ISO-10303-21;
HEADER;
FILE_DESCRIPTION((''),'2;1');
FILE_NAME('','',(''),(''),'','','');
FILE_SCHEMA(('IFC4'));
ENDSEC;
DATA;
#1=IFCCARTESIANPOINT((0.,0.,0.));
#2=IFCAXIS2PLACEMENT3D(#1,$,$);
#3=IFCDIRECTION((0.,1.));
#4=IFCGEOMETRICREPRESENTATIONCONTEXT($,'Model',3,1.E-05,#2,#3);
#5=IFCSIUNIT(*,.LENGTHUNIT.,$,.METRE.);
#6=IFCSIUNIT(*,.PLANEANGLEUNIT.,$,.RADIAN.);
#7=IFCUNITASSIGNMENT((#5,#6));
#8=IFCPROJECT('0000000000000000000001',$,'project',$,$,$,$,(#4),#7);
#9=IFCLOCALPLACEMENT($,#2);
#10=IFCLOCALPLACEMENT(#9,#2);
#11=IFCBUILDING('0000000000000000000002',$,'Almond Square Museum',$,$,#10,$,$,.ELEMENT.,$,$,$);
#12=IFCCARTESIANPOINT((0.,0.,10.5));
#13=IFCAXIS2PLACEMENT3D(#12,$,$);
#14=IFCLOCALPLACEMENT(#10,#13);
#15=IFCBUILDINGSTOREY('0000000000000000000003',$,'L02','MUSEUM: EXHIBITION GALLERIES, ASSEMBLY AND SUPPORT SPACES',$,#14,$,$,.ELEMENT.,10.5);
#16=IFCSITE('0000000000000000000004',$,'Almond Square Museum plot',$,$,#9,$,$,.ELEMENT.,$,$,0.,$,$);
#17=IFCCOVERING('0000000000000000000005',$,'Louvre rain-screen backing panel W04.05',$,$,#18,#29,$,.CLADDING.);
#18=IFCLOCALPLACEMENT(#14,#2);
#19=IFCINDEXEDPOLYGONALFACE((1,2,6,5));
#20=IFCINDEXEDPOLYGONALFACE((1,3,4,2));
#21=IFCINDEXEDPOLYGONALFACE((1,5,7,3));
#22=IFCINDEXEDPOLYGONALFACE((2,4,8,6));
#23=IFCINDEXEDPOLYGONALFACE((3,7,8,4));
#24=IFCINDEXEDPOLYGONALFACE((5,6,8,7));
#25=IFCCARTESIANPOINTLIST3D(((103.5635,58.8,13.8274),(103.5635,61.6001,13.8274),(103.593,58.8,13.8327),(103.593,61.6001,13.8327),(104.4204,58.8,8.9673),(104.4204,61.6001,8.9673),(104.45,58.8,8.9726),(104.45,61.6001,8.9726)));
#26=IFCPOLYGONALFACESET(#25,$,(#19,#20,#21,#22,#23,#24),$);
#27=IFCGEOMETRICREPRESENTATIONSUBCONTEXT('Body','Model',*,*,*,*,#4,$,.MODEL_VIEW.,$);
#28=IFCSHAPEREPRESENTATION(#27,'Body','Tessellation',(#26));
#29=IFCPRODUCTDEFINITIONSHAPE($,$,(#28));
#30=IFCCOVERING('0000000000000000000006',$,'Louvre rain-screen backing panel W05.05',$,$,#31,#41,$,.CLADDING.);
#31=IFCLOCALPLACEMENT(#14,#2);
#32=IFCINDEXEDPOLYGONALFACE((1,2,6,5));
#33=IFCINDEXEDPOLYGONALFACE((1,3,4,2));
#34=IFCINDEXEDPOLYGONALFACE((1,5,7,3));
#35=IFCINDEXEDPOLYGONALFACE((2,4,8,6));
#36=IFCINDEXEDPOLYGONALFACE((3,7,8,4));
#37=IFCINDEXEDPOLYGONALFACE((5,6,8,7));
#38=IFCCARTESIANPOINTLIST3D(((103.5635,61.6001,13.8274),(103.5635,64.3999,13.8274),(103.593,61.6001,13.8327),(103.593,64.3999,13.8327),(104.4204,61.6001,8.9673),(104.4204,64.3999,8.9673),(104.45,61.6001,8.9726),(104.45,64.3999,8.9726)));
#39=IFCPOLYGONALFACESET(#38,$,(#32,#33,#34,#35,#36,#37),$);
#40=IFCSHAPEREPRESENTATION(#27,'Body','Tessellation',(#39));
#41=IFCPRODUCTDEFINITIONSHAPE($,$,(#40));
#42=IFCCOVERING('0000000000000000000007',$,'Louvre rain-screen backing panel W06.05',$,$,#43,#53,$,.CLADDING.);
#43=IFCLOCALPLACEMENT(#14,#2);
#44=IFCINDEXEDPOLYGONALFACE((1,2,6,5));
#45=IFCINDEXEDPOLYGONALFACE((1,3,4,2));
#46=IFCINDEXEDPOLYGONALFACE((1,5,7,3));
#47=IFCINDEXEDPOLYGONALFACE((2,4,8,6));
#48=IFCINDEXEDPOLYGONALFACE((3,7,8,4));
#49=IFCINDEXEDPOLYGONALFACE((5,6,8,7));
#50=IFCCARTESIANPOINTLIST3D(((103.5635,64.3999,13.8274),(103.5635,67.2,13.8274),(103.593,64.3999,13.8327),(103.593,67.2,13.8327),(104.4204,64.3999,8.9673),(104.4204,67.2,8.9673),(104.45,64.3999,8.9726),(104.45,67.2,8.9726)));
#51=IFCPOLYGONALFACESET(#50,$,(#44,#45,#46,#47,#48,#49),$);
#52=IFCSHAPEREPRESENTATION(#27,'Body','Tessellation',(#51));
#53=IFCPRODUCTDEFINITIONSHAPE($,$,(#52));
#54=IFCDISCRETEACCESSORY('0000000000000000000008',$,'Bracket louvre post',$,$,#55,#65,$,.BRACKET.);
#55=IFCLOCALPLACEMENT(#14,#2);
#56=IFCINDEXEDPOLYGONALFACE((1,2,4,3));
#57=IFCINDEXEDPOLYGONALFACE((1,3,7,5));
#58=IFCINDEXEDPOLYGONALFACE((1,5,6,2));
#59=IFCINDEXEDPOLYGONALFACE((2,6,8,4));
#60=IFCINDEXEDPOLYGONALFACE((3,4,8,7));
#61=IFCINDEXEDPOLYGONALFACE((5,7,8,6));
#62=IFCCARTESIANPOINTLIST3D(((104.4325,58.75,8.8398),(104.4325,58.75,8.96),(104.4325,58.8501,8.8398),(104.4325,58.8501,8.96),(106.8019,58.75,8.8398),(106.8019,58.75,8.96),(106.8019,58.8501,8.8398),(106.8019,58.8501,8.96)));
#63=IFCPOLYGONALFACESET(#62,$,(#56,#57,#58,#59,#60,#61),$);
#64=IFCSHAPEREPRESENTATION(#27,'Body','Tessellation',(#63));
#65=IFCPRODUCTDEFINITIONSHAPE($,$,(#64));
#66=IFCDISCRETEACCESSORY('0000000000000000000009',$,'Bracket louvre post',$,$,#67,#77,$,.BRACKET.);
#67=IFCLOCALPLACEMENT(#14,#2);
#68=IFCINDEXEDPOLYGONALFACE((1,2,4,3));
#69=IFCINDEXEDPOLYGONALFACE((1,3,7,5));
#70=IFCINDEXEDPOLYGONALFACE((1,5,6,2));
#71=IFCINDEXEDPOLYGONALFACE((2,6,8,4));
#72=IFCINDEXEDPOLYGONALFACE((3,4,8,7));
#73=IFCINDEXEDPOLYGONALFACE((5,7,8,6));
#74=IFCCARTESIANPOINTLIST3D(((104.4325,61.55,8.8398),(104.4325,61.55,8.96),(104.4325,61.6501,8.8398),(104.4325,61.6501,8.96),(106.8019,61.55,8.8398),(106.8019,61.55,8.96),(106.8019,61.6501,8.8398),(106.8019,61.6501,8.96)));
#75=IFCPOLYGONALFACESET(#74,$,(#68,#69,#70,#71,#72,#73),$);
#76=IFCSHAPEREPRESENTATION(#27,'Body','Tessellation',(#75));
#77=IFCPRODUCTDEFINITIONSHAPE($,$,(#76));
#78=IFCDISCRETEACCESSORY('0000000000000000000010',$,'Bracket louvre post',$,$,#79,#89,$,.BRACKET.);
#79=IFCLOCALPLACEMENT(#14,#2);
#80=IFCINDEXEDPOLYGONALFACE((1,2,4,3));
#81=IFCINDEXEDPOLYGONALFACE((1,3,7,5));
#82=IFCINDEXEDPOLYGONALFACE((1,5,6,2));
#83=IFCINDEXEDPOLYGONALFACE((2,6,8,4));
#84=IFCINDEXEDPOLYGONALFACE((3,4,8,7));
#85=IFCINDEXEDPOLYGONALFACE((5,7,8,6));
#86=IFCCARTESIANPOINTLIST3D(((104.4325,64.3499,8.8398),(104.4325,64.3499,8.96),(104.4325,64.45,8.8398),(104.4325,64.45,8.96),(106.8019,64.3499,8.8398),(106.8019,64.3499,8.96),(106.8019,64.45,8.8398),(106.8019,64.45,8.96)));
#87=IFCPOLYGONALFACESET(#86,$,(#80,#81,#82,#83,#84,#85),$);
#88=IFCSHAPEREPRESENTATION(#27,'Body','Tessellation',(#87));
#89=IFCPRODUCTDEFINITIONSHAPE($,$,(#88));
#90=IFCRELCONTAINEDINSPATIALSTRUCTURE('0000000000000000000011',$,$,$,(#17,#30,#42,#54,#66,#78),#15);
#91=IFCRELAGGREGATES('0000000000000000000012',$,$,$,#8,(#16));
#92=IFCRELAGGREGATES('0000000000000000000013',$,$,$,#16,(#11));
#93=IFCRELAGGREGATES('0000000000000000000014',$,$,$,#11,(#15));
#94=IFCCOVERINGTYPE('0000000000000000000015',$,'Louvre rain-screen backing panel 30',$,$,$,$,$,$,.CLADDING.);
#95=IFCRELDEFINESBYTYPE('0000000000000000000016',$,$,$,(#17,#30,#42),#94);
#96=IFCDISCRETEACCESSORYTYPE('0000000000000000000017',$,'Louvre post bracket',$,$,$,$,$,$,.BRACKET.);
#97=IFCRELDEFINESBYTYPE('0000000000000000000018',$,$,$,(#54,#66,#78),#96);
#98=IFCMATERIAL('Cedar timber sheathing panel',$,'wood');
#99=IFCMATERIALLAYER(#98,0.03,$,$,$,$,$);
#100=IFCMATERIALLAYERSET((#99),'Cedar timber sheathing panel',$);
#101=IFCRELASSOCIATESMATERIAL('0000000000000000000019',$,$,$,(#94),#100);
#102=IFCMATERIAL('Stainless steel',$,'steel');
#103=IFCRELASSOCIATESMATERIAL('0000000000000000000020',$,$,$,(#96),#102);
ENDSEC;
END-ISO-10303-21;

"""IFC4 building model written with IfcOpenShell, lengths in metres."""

from ifc_helpers import new_model, si_unit, direction, frame, origin, origin_2d, place, context, subcontext, project, spatial, polyline, rectangle, outline, extrude, material, layer, layer_set, type_object, element, save


model = new_model("IFC4")

# Units and contexts
model_context = context("Model", 3, precision=1e-05, world=origin(), true_north=direction((0.0, 1.0)))
body_context = subcontext(model_context, "Body", "Model", "MODEL_VIEW")
ifc_project = project(units=[si_unit("LENGTHUNIT", "METRE"), si_unit("PLANEANGLEUNIT", "RADIAN")], contexts=[model_context])

# Site, building, storey
site_placement = place(None, origin())
site = spatial("IfcSite", under=ifc_project, at=site_placement, Name="Almond Square Museum plot", CompositionType="ELEMENT", RefElevation=0.0)
building_placement = place(site_placement, origin())
building = spatial("IfcBuilding", under=site, at=building_placement, Name="Almond Square Museum", CompositionType="ELEMENT")
storey_placement = place(building_placement, frame((0.0, 0.0, 10.5)))
storey = spatial("IfcBuildingStorey", under=building, at=storey_placement, Name="L02", Description="MUSEUM: EXHIBITION GALLERIES, ASSEMBLY AND SUPPORT SPACES", CompositionType="ELEMENT", Elevation=10.5)

# Coverings
ifc_material_1 = material(Name="Cedar timber sheathing panel", Category="wood")
ifc_layer_1 = layer(ifc_material_1, 0.03)
ifc_layer_set_1 = layer_set([ifc_layer_1], Name="Cedar timber sheathing panel")
covering_type_1 = type_object("IfcCoveringType", Name="Louvre rain-screen backing panel 30", PredefinedType="CLADDING", material=ifc_layer_set_1)
covering_1_placement = place(storey_placement, frame((104.4353, 58.8, 8.97), z_axis=(0.984809, 0.0, 0.173641), x_axis=(0.0, 1.0, 0.0)))
element("IfcCovering", 1, at=covering_1_placement, inside=storey, type_object=covering_type_1, Name="Louvre rain-screen backing panel W04.05", PredefinedType="CLADDING", context=body_context, shape_type="SweptSolid", body=[
    extrude(outline(polyline([(0.0, 0.0), (2.8, 0.0), (2.8, 4.9351), (0.0, 4.9351), (0.0, 0.0)])), frame((0.0, 0.0, -0.0151)), (0.0, 0.0, 1.0), 0.03),
])
covering_2_placement = place(storey_placement, frame((104.4353, 61.6001, 8.97), z_axis=(0.984809, 0.0, 0.173641), x_axis=(0.0, 1.0, 0.0)))
element("IfcCovering", 2, at=covering_2_placement, inside=storey, type_object=covering_type_1, Name="Louvre rain-screen backing panel W05.05", PredefinedType="CLADDING", context=body_context, shape_type="SweptSolid", body=[
    extrude(outline(polyline([(0.0, 0.0), (2.7998, 0.0), (2.7998, 4.9351), (0.0, 4.9351), (0.0, 0.0)])), frame((0.0, 0.0, -0.0151)), (0.0, 0.0, 1.0), 0.03),
])
covering_3_placement = place(storey_placement, frame((104.4353, 64.3999, 8.97), z_axis=(0.984809, 0.0, 0.173641), x_axis=(0.0, 1.0, 0.0)))
element("IfcCovering", 3, at=covering_3_placement, inside=storey, type_object=covering_type_1, Name="Louvre rain-screen backing panel W06.05", PredefinedType="CLADDING", context=body_context, shape_type="SweptSolid", body=[
    extrude(outline(polyline([(0.0, 0.0), (2.8, 0.0), (2.8, 4.9351), (0.0, 4.9351), (0.0, 0.0)])), frame((0.0, 0.0, -0.0151)), (0.0, 0.0, 1.0), 0.03),
])

# Discrete accessories
ifc_material_2 = material(Name="Stainless steel", Category="steel")
discrete_accessory_type = type_object("IfcDiscreteAccessoryType", Name="Louvre post bracket", PredefinedType="BRACKET", material=ifc_material_2)
for number, where, z_axis, x_axis, name in (
    (4, (105.6172, 58.8, 8.8398), (0.0, 0.0, 1.0), (1.0, 0.0, 0.0), "Bracket louvre post"),
    (5, (105.6172, 61.6001, 8.8398), (0.0, 0.0, 1.0), (1.0, 0.0, 0.0), "Bracket louvre post"),
    (6, (105.6172, 64.3999, 8.8398), (0.0, 0.0, 1.0), (1.0, 0.0, 0.0), "Bracket louvre post"),
):
    element("IfcDiscreteAccessory", number, at=place(storey_placement, frame(where, z_axis=z_axis, x_axis=x_axis)), inside=storey, type_object=discrete_accessory_type, Name=name, PredefinedType="BRACKET", context=body_context, shape_type="SweptSolid", body=[
        extrude(rectangle(XDim=2.3694, YDim=0.1001, at=origin_2d()), origin(), (0.0, 0.0, 1.0), 0.1201),
    ])

save(model, "model.ifc")
